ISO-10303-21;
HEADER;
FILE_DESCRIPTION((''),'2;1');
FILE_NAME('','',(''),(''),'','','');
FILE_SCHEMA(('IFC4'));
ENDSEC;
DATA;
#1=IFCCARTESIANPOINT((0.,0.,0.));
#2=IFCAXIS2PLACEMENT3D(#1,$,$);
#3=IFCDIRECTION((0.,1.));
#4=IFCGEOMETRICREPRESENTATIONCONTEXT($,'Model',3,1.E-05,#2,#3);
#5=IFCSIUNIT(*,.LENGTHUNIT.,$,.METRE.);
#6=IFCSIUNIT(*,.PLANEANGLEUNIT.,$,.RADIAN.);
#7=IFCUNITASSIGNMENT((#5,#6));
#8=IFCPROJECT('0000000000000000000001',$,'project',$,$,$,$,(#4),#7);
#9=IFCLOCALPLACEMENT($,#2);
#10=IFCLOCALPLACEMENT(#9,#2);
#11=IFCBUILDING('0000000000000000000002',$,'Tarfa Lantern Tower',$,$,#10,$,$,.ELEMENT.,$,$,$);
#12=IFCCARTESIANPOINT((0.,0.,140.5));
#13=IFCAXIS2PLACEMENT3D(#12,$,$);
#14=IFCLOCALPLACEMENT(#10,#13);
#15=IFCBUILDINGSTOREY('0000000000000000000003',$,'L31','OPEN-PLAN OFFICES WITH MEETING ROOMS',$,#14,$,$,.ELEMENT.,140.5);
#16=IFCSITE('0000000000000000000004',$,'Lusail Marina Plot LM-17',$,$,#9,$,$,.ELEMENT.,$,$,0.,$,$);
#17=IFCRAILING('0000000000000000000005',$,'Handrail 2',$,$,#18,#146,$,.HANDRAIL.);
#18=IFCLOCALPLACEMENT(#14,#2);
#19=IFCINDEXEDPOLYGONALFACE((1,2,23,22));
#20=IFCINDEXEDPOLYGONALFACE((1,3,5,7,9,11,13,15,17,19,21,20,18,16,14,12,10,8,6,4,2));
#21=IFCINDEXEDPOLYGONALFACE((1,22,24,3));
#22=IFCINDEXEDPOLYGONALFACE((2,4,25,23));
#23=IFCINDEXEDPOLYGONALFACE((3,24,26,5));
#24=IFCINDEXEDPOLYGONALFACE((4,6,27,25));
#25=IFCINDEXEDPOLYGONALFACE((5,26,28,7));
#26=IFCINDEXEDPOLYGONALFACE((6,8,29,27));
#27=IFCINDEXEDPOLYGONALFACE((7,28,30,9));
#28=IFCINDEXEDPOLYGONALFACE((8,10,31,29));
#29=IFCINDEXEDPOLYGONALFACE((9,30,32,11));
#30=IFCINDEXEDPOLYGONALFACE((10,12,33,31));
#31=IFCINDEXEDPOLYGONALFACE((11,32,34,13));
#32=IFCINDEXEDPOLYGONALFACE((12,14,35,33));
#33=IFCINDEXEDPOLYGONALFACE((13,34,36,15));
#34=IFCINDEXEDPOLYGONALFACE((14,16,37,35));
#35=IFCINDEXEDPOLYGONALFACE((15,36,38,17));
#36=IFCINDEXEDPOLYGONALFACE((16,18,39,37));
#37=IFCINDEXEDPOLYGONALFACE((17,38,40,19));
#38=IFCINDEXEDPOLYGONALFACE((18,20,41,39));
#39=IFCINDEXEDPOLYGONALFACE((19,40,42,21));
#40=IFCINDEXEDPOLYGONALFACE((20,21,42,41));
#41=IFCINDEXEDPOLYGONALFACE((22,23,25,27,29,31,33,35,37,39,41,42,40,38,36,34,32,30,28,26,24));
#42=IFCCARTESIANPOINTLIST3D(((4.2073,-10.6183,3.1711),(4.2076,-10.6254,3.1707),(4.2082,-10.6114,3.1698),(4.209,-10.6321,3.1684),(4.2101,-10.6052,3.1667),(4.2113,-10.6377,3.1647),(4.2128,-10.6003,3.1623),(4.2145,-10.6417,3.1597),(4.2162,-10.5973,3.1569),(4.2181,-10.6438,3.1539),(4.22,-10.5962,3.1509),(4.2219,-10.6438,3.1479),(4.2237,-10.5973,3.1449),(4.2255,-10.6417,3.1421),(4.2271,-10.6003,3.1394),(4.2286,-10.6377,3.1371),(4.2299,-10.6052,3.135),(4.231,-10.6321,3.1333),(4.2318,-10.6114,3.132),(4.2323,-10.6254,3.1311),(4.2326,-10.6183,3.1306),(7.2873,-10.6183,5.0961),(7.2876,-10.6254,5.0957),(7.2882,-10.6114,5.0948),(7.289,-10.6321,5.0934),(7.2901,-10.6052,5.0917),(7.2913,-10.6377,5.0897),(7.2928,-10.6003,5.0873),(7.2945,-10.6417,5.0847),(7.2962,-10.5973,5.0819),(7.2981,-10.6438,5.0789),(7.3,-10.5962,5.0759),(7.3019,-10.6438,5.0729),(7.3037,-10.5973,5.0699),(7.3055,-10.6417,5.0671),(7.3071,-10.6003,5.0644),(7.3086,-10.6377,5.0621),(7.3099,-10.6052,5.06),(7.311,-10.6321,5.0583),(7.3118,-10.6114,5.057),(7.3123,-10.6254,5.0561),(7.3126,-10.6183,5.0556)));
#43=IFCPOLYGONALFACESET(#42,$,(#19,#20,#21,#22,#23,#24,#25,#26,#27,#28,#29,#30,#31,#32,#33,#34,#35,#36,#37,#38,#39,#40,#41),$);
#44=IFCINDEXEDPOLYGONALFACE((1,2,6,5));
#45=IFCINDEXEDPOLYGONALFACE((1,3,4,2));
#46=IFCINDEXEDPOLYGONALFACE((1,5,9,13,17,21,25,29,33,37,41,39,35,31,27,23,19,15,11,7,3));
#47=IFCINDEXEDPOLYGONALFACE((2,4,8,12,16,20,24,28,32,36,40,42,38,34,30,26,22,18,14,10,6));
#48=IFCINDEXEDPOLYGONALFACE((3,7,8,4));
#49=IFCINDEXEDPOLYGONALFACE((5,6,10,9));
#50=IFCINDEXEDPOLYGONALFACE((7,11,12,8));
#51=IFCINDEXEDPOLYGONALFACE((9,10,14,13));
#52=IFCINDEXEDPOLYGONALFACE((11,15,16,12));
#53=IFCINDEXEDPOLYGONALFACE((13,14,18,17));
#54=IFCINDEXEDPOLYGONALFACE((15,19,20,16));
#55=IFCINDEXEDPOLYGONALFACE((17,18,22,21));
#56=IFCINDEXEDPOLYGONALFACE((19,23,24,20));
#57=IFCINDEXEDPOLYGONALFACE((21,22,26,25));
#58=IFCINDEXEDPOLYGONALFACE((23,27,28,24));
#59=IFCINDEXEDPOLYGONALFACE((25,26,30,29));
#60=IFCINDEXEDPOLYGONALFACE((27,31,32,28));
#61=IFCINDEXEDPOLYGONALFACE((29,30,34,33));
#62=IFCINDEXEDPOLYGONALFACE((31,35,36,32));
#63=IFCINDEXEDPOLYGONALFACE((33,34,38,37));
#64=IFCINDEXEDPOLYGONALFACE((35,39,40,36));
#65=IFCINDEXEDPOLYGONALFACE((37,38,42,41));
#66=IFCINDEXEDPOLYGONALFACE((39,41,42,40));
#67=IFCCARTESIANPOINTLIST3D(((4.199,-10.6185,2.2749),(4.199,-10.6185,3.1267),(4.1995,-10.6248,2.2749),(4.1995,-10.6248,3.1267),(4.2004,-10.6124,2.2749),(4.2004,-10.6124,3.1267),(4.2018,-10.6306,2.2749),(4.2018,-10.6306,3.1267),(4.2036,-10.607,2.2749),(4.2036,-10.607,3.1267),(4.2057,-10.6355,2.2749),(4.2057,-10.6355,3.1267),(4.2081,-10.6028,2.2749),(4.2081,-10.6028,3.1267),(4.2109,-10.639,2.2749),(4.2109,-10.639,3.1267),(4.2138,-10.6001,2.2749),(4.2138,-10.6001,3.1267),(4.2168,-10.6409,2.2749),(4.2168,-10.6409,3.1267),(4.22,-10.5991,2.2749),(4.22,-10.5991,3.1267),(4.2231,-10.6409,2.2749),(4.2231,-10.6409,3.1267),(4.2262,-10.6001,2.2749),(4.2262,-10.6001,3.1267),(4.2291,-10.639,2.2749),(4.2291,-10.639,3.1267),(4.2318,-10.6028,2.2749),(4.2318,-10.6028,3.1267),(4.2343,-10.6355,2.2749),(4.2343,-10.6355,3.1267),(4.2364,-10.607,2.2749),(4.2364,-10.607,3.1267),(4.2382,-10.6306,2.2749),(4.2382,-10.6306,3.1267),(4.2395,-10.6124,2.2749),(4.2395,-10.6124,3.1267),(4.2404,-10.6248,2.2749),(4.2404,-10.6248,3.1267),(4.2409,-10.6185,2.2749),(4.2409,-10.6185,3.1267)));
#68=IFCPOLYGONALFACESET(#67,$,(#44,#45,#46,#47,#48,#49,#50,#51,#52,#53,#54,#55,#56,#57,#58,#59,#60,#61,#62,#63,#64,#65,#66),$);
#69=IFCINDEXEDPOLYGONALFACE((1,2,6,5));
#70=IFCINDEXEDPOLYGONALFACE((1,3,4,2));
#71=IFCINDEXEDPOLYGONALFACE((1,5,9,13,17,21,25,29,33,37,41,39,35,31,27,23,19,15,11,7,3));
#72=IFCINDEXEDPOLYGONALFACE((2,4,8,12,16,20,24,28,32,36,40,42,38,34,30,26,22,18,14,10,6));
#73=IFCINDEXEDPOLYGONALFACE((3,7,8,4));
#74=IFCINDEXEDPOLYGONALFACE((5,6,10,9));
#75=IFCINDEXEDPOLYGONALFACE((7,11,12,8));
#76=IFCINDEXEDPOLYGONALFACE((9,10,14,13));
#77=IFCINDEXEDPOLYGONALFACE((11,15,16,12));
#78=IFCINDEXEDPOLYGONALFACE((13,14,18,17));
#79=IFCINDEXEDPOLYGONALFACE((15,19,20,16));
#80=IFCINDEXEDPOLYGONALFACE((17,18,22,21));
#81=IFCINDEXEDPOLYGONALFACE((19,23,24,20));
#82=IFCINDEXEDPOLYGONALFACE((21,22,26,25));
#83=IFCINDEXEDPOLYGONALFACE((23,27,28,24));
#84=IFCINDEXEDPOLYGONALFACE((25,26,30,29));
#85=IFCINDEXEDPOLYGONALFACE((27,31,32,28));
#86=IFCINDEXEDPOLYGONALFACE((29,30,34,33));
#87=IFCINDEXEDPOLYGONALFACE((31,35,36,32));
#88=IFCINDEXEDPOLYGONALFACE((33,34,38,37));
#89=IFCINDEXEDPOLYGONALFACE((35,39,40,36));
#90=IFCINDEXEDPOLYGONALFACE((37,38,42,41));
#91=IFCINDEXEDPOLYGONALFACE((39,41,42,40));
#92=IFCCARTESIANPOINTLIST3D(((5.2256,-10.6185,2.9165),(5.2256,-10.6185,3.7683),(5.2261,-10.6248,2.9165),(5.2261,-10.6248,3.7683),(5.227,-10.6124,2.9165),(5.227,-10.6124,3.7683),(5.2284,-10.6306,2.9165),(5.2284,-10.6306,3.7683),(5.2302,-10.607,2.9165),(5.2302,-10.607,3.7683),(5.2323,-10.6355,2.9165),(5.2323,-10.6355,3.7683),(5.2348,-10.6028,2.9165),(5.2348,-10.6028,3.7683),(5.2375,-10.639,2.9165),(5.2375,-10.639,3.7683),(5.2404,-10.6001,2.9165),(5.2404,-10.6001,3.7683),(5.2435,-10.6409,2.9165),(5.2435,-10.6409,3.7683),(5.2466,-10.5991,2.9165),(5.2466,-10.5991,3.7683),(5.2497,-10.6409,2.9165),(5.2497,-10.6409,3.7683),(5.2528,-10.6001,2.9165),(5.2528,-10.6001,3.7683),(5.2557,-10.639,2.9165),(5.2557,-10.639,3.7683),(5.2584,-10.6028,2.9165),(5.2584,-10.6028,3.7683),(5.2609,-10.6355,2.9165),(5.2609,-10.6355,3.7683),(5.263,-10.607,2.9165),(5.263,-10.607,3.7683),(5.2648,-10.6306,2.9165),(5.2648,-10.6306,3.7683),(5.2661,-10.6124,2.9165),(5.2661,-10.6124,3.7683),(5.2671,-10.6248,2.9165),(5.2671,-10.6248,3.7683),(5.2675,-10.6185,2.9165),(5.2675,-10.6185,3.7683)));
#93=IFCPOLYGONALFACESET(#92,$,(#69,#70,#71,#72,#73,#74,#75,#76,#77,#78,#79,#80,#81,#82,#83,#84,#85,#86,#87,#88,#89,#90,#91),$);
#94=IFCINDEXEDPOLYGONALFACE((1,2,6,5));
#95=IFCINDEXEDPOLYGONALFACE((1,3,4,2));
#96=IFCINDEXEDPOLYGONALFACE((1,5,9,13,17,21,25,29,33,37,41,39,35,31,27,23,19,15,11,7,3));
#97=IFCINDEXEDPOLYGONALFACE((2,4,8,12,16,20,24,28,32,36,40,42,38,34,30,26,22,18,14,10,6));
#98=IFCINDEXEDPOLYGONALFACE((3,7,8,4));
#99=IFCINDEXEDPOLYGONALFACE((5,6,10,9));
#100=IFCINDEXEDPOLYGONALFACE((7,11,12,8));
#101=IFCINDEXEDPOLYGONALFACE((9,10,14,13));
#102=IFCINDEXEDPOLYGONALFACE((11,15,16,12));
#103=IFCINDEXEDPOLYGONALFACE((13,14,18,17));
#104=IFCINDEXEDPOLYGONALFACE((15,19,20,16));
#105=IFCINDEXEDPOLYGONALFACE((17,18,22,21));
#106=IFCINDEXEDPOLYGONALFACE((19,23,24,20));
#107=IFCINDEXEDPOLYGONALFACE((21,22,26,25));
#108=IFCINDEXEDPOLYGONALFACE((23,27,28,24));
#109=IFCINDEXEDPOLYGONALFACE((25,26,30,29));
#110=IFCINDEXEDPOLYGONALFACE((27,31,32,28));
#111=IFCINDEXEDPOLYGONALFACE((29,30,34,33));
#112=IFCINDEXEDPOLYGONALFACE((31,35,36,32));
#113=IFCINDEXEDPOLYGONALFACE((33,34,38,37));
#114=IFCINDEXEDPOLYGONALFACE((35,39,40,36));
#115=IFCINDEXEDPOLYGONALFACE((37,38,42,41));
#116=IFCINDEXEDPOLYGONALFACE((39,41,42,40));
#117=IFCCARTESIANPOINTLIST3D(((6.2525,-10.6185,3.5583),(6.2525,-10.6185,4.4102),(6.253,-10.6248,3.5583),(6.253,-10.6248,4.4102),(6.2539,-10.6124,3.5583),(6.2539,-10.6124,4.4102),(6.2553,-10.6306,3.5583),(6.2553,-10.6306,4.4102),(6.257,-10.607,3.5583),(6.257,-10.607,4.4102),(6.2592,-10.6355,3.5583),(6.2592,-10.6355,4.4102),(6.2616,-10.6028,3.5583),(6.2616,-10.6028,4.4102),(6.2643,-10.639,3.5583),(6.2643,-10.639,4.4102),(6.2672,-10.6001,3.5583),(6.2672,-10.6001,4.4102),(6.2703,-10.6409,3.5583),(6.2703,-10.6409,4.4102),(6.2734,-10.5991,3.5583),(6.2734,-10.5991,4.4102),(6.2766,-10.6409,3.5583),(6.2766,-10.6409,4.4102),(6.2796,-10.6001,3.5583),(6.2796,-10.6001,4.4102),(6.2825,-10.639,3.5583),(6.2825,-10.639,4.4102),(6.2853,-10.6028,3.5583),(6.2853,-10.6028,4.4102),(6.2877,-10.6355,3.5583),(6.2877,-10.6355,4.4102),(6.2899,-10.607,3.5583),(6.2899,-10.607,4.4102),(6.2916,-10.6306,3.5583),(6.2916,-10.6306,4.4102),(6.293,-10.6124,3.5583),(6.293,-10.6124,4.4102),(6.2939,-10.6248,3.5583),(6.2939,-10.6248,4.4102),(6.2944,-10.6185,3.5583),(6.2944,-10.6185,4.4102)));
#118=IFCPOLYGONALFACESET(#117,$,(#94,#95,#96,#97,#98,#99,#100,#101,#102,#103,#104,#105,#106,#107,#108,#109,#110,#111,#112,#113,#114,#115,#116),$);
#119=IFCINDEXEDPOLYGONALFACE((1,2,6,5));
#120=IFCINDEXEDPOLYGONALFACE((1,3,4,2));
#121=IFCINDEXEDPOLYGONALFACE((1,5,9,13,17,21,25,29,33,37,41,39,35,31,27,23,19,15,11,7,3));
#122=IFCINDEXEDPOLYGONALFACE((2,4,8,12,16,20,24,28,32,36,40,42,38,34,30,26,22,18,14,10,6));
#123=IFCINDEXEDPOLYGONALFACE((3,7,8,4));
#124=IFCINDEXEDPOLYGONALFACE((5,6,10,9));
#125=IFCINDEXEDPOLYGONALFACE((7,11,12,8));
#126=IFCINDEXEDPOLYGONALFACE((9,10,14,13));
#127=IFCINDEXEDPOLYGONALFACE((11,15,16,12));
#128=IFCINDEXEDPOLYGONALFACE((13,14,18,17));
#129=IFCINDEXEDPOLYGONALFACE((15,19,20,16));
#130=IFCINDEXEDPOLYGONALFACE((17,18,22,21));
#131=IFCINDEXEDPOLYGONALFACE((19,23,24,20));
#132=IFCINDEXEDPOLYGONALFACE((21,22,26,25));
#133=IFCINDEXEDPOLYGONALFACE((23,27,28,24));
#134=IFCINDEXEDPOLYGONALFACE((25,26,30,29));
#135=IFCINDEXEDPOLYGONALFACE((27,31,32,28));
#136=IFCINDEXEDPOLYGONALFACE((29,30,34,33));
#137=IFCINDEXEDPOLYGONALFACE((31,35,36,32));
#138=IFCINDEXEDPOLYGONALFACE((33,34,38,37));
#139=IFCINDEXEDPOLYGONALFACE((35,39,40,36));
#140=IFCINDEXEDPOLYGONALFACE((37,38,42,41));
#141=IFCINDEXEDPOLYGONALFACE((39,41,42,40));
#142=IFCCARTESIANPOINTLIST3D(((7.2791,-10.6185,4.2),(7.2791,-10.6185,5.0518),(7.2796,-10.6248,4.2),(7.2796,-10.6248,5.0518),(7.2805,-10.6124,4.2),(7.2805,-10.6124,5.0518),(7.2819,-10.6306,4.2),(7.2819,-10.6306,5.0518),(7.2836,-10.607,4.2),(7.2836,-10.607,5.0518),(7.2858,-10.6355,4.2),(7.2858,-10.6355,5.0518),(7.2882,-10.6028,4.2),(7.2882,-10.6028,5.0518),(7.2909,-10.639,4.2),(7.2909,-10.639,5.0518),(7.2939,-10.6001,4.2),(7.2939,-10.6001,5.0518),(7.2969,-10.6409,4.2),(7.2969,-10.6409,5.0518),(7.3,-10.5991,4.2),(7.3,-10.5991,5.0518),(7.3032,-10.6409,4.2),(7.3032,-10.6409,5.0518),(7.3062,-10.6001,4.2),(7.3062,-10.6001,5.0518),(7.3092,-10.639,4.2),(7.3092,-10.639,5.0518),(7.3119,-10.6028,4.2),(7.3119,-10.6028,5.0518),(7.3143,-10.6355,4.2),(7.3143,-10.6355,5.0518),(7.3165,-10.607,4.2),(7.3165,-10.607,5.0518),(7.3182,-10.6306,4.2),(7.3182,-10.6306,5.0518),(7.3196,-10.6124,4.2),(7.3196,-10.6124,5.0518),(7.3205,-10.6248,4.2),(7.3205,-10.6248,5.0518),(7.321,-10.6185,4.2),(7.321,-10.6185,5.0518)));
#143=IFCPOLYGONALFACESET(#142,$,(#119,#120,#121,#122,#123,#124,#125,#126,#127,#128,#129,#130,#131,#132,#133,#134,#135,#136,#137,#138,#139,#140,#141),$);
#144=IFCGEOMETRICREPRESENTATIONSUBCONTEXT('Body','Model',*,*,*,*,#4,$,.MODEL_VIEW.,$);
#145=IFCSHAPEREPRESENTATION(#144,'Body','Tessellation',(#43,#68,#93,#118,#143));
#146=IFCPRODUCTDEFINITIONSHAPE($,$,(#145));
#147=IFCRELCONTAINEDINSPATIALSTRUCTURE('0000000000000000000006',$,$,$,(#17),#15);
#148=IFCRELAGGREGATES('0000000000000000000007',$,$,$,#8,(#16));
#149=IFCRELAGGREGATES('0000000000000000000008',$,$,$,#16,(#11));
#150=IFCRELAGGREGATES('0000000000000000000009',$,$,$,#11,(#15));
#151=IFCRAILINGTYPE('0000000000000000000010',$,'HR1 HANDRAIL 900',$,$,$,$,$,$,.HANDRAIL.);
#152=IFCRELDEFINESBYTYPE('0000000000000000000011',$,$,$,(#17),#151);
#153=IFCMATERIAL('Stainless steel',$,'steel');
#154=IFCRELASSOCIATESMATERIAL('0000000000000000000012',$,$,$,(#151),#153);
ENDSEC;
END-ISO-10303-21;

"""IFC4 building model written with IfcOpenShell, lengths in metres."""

from ifc_helpers import new_model, si_unit, direction, frame, origin, origin_2d, place, context, subcontext, project, spatial, circle, extrude, material, type_object, element, save


model = new_model("IFC4")

# Units and contexts
model_context = context("Model", 3, precision=1e-05, world=origin(), true_north=direction((0.0, 1.0)))
body_context = subcontext(model_context, "Body", "Model", "MODEL_VIEW")
ifc_project = project(units=[si_unit("LENGTHUNIT", "METRE"), si_unit("PLANEANGLEUNIT", "RADIAN")], contexts=[model_context])

# Site, building, storey
site_placement = place(None, origin())
site = spatial("IfcSite", under=ifc_project, at=site_placement, Name="Lusail Marina Plot LM-17", CompositionType="ELEMENT", RefElevation=0.0)
building_placement = place(site_placement, origin())
building = spatial("IfcBuilding", under=site, at=building_placement, Name="Tarfa Lantern Tower", CompositionType="ELEMENT")
storey_placement = place(building_placement, frame((0.0, 0.0, 140.5)))
storey = spatial("IfcBuildingStorey", under=building, at=storey_placement, Name="L31", Description="OPEN-PLAN OFFICES WITH MEETING ROOMS", CompositionType="ELEMENT", Elevation=140.5)

# Railing
ifc_material_1 = material(Name="Stainless steel", Category="steel")
railing_type = type_object("IfcRailingType", Name="HR1 HANDRAIL 900", PredefinedType="HANDRAIL", material=ifc_material_1)
railing_1_placement = place(storey_placement, frame((4.22, -10.6201, 2.2749)))
element("IfcRailing", 1, at=railing_1_placement, inside=storey, type_object=railing_type, Name="Handrail 2", PredefinedType="HANDRAIL", context=body_context, shape_type="SweptSolid", body=[
    extrude(circle(Radius=0.0239, at=origin_2d()), frame((0.0, 0.0, 0.876), z_axis=(0.847998, 0.0, 0.529999), x_axis=(0.0, 1.0, 0.0)), (0.0, 0.0, 1.0), 3.6321),
    extrude(circle(Radius=0.021, at=origin_2d()), frame((0.0, 0.0, 0.0), z_axis=(0.0, 0.0, 1.0), x_axis=(0.0, 1.0, 0.0)), (0.0, 0.0, 1.0), 0.8518),
    extrude(circle(Radius=0.021, at=origin_2d()), frame((1.0266, 0.0, 0.6416), z_axis=(0.0, 0.0, 1.0), x_axis=(0.0, 1.0, 0.0)), (0.0, 0.0, 1.0), 0.8518),
    extrude(circle(Radius=0.021, at=origin_2d()), frame((2.0535, 0.0, 1.2834), z_axis=(0.0, 0.0, 1.0), x_axis=(0.0, 1.0, 0.0)), (0.0, 0.0, 1.0), 0.8518),
    extrude(circle(Radius=0.021, at=origin_2d()), frame((3.0801, 0.0, 1.925), z_axis=(0.0, 0.0, 1.0), x_axis=(0.0, 1.0, 0.0)), (0.0, 0.0, 1.0), 0.8518),
])

save(model, "model.ifc")
